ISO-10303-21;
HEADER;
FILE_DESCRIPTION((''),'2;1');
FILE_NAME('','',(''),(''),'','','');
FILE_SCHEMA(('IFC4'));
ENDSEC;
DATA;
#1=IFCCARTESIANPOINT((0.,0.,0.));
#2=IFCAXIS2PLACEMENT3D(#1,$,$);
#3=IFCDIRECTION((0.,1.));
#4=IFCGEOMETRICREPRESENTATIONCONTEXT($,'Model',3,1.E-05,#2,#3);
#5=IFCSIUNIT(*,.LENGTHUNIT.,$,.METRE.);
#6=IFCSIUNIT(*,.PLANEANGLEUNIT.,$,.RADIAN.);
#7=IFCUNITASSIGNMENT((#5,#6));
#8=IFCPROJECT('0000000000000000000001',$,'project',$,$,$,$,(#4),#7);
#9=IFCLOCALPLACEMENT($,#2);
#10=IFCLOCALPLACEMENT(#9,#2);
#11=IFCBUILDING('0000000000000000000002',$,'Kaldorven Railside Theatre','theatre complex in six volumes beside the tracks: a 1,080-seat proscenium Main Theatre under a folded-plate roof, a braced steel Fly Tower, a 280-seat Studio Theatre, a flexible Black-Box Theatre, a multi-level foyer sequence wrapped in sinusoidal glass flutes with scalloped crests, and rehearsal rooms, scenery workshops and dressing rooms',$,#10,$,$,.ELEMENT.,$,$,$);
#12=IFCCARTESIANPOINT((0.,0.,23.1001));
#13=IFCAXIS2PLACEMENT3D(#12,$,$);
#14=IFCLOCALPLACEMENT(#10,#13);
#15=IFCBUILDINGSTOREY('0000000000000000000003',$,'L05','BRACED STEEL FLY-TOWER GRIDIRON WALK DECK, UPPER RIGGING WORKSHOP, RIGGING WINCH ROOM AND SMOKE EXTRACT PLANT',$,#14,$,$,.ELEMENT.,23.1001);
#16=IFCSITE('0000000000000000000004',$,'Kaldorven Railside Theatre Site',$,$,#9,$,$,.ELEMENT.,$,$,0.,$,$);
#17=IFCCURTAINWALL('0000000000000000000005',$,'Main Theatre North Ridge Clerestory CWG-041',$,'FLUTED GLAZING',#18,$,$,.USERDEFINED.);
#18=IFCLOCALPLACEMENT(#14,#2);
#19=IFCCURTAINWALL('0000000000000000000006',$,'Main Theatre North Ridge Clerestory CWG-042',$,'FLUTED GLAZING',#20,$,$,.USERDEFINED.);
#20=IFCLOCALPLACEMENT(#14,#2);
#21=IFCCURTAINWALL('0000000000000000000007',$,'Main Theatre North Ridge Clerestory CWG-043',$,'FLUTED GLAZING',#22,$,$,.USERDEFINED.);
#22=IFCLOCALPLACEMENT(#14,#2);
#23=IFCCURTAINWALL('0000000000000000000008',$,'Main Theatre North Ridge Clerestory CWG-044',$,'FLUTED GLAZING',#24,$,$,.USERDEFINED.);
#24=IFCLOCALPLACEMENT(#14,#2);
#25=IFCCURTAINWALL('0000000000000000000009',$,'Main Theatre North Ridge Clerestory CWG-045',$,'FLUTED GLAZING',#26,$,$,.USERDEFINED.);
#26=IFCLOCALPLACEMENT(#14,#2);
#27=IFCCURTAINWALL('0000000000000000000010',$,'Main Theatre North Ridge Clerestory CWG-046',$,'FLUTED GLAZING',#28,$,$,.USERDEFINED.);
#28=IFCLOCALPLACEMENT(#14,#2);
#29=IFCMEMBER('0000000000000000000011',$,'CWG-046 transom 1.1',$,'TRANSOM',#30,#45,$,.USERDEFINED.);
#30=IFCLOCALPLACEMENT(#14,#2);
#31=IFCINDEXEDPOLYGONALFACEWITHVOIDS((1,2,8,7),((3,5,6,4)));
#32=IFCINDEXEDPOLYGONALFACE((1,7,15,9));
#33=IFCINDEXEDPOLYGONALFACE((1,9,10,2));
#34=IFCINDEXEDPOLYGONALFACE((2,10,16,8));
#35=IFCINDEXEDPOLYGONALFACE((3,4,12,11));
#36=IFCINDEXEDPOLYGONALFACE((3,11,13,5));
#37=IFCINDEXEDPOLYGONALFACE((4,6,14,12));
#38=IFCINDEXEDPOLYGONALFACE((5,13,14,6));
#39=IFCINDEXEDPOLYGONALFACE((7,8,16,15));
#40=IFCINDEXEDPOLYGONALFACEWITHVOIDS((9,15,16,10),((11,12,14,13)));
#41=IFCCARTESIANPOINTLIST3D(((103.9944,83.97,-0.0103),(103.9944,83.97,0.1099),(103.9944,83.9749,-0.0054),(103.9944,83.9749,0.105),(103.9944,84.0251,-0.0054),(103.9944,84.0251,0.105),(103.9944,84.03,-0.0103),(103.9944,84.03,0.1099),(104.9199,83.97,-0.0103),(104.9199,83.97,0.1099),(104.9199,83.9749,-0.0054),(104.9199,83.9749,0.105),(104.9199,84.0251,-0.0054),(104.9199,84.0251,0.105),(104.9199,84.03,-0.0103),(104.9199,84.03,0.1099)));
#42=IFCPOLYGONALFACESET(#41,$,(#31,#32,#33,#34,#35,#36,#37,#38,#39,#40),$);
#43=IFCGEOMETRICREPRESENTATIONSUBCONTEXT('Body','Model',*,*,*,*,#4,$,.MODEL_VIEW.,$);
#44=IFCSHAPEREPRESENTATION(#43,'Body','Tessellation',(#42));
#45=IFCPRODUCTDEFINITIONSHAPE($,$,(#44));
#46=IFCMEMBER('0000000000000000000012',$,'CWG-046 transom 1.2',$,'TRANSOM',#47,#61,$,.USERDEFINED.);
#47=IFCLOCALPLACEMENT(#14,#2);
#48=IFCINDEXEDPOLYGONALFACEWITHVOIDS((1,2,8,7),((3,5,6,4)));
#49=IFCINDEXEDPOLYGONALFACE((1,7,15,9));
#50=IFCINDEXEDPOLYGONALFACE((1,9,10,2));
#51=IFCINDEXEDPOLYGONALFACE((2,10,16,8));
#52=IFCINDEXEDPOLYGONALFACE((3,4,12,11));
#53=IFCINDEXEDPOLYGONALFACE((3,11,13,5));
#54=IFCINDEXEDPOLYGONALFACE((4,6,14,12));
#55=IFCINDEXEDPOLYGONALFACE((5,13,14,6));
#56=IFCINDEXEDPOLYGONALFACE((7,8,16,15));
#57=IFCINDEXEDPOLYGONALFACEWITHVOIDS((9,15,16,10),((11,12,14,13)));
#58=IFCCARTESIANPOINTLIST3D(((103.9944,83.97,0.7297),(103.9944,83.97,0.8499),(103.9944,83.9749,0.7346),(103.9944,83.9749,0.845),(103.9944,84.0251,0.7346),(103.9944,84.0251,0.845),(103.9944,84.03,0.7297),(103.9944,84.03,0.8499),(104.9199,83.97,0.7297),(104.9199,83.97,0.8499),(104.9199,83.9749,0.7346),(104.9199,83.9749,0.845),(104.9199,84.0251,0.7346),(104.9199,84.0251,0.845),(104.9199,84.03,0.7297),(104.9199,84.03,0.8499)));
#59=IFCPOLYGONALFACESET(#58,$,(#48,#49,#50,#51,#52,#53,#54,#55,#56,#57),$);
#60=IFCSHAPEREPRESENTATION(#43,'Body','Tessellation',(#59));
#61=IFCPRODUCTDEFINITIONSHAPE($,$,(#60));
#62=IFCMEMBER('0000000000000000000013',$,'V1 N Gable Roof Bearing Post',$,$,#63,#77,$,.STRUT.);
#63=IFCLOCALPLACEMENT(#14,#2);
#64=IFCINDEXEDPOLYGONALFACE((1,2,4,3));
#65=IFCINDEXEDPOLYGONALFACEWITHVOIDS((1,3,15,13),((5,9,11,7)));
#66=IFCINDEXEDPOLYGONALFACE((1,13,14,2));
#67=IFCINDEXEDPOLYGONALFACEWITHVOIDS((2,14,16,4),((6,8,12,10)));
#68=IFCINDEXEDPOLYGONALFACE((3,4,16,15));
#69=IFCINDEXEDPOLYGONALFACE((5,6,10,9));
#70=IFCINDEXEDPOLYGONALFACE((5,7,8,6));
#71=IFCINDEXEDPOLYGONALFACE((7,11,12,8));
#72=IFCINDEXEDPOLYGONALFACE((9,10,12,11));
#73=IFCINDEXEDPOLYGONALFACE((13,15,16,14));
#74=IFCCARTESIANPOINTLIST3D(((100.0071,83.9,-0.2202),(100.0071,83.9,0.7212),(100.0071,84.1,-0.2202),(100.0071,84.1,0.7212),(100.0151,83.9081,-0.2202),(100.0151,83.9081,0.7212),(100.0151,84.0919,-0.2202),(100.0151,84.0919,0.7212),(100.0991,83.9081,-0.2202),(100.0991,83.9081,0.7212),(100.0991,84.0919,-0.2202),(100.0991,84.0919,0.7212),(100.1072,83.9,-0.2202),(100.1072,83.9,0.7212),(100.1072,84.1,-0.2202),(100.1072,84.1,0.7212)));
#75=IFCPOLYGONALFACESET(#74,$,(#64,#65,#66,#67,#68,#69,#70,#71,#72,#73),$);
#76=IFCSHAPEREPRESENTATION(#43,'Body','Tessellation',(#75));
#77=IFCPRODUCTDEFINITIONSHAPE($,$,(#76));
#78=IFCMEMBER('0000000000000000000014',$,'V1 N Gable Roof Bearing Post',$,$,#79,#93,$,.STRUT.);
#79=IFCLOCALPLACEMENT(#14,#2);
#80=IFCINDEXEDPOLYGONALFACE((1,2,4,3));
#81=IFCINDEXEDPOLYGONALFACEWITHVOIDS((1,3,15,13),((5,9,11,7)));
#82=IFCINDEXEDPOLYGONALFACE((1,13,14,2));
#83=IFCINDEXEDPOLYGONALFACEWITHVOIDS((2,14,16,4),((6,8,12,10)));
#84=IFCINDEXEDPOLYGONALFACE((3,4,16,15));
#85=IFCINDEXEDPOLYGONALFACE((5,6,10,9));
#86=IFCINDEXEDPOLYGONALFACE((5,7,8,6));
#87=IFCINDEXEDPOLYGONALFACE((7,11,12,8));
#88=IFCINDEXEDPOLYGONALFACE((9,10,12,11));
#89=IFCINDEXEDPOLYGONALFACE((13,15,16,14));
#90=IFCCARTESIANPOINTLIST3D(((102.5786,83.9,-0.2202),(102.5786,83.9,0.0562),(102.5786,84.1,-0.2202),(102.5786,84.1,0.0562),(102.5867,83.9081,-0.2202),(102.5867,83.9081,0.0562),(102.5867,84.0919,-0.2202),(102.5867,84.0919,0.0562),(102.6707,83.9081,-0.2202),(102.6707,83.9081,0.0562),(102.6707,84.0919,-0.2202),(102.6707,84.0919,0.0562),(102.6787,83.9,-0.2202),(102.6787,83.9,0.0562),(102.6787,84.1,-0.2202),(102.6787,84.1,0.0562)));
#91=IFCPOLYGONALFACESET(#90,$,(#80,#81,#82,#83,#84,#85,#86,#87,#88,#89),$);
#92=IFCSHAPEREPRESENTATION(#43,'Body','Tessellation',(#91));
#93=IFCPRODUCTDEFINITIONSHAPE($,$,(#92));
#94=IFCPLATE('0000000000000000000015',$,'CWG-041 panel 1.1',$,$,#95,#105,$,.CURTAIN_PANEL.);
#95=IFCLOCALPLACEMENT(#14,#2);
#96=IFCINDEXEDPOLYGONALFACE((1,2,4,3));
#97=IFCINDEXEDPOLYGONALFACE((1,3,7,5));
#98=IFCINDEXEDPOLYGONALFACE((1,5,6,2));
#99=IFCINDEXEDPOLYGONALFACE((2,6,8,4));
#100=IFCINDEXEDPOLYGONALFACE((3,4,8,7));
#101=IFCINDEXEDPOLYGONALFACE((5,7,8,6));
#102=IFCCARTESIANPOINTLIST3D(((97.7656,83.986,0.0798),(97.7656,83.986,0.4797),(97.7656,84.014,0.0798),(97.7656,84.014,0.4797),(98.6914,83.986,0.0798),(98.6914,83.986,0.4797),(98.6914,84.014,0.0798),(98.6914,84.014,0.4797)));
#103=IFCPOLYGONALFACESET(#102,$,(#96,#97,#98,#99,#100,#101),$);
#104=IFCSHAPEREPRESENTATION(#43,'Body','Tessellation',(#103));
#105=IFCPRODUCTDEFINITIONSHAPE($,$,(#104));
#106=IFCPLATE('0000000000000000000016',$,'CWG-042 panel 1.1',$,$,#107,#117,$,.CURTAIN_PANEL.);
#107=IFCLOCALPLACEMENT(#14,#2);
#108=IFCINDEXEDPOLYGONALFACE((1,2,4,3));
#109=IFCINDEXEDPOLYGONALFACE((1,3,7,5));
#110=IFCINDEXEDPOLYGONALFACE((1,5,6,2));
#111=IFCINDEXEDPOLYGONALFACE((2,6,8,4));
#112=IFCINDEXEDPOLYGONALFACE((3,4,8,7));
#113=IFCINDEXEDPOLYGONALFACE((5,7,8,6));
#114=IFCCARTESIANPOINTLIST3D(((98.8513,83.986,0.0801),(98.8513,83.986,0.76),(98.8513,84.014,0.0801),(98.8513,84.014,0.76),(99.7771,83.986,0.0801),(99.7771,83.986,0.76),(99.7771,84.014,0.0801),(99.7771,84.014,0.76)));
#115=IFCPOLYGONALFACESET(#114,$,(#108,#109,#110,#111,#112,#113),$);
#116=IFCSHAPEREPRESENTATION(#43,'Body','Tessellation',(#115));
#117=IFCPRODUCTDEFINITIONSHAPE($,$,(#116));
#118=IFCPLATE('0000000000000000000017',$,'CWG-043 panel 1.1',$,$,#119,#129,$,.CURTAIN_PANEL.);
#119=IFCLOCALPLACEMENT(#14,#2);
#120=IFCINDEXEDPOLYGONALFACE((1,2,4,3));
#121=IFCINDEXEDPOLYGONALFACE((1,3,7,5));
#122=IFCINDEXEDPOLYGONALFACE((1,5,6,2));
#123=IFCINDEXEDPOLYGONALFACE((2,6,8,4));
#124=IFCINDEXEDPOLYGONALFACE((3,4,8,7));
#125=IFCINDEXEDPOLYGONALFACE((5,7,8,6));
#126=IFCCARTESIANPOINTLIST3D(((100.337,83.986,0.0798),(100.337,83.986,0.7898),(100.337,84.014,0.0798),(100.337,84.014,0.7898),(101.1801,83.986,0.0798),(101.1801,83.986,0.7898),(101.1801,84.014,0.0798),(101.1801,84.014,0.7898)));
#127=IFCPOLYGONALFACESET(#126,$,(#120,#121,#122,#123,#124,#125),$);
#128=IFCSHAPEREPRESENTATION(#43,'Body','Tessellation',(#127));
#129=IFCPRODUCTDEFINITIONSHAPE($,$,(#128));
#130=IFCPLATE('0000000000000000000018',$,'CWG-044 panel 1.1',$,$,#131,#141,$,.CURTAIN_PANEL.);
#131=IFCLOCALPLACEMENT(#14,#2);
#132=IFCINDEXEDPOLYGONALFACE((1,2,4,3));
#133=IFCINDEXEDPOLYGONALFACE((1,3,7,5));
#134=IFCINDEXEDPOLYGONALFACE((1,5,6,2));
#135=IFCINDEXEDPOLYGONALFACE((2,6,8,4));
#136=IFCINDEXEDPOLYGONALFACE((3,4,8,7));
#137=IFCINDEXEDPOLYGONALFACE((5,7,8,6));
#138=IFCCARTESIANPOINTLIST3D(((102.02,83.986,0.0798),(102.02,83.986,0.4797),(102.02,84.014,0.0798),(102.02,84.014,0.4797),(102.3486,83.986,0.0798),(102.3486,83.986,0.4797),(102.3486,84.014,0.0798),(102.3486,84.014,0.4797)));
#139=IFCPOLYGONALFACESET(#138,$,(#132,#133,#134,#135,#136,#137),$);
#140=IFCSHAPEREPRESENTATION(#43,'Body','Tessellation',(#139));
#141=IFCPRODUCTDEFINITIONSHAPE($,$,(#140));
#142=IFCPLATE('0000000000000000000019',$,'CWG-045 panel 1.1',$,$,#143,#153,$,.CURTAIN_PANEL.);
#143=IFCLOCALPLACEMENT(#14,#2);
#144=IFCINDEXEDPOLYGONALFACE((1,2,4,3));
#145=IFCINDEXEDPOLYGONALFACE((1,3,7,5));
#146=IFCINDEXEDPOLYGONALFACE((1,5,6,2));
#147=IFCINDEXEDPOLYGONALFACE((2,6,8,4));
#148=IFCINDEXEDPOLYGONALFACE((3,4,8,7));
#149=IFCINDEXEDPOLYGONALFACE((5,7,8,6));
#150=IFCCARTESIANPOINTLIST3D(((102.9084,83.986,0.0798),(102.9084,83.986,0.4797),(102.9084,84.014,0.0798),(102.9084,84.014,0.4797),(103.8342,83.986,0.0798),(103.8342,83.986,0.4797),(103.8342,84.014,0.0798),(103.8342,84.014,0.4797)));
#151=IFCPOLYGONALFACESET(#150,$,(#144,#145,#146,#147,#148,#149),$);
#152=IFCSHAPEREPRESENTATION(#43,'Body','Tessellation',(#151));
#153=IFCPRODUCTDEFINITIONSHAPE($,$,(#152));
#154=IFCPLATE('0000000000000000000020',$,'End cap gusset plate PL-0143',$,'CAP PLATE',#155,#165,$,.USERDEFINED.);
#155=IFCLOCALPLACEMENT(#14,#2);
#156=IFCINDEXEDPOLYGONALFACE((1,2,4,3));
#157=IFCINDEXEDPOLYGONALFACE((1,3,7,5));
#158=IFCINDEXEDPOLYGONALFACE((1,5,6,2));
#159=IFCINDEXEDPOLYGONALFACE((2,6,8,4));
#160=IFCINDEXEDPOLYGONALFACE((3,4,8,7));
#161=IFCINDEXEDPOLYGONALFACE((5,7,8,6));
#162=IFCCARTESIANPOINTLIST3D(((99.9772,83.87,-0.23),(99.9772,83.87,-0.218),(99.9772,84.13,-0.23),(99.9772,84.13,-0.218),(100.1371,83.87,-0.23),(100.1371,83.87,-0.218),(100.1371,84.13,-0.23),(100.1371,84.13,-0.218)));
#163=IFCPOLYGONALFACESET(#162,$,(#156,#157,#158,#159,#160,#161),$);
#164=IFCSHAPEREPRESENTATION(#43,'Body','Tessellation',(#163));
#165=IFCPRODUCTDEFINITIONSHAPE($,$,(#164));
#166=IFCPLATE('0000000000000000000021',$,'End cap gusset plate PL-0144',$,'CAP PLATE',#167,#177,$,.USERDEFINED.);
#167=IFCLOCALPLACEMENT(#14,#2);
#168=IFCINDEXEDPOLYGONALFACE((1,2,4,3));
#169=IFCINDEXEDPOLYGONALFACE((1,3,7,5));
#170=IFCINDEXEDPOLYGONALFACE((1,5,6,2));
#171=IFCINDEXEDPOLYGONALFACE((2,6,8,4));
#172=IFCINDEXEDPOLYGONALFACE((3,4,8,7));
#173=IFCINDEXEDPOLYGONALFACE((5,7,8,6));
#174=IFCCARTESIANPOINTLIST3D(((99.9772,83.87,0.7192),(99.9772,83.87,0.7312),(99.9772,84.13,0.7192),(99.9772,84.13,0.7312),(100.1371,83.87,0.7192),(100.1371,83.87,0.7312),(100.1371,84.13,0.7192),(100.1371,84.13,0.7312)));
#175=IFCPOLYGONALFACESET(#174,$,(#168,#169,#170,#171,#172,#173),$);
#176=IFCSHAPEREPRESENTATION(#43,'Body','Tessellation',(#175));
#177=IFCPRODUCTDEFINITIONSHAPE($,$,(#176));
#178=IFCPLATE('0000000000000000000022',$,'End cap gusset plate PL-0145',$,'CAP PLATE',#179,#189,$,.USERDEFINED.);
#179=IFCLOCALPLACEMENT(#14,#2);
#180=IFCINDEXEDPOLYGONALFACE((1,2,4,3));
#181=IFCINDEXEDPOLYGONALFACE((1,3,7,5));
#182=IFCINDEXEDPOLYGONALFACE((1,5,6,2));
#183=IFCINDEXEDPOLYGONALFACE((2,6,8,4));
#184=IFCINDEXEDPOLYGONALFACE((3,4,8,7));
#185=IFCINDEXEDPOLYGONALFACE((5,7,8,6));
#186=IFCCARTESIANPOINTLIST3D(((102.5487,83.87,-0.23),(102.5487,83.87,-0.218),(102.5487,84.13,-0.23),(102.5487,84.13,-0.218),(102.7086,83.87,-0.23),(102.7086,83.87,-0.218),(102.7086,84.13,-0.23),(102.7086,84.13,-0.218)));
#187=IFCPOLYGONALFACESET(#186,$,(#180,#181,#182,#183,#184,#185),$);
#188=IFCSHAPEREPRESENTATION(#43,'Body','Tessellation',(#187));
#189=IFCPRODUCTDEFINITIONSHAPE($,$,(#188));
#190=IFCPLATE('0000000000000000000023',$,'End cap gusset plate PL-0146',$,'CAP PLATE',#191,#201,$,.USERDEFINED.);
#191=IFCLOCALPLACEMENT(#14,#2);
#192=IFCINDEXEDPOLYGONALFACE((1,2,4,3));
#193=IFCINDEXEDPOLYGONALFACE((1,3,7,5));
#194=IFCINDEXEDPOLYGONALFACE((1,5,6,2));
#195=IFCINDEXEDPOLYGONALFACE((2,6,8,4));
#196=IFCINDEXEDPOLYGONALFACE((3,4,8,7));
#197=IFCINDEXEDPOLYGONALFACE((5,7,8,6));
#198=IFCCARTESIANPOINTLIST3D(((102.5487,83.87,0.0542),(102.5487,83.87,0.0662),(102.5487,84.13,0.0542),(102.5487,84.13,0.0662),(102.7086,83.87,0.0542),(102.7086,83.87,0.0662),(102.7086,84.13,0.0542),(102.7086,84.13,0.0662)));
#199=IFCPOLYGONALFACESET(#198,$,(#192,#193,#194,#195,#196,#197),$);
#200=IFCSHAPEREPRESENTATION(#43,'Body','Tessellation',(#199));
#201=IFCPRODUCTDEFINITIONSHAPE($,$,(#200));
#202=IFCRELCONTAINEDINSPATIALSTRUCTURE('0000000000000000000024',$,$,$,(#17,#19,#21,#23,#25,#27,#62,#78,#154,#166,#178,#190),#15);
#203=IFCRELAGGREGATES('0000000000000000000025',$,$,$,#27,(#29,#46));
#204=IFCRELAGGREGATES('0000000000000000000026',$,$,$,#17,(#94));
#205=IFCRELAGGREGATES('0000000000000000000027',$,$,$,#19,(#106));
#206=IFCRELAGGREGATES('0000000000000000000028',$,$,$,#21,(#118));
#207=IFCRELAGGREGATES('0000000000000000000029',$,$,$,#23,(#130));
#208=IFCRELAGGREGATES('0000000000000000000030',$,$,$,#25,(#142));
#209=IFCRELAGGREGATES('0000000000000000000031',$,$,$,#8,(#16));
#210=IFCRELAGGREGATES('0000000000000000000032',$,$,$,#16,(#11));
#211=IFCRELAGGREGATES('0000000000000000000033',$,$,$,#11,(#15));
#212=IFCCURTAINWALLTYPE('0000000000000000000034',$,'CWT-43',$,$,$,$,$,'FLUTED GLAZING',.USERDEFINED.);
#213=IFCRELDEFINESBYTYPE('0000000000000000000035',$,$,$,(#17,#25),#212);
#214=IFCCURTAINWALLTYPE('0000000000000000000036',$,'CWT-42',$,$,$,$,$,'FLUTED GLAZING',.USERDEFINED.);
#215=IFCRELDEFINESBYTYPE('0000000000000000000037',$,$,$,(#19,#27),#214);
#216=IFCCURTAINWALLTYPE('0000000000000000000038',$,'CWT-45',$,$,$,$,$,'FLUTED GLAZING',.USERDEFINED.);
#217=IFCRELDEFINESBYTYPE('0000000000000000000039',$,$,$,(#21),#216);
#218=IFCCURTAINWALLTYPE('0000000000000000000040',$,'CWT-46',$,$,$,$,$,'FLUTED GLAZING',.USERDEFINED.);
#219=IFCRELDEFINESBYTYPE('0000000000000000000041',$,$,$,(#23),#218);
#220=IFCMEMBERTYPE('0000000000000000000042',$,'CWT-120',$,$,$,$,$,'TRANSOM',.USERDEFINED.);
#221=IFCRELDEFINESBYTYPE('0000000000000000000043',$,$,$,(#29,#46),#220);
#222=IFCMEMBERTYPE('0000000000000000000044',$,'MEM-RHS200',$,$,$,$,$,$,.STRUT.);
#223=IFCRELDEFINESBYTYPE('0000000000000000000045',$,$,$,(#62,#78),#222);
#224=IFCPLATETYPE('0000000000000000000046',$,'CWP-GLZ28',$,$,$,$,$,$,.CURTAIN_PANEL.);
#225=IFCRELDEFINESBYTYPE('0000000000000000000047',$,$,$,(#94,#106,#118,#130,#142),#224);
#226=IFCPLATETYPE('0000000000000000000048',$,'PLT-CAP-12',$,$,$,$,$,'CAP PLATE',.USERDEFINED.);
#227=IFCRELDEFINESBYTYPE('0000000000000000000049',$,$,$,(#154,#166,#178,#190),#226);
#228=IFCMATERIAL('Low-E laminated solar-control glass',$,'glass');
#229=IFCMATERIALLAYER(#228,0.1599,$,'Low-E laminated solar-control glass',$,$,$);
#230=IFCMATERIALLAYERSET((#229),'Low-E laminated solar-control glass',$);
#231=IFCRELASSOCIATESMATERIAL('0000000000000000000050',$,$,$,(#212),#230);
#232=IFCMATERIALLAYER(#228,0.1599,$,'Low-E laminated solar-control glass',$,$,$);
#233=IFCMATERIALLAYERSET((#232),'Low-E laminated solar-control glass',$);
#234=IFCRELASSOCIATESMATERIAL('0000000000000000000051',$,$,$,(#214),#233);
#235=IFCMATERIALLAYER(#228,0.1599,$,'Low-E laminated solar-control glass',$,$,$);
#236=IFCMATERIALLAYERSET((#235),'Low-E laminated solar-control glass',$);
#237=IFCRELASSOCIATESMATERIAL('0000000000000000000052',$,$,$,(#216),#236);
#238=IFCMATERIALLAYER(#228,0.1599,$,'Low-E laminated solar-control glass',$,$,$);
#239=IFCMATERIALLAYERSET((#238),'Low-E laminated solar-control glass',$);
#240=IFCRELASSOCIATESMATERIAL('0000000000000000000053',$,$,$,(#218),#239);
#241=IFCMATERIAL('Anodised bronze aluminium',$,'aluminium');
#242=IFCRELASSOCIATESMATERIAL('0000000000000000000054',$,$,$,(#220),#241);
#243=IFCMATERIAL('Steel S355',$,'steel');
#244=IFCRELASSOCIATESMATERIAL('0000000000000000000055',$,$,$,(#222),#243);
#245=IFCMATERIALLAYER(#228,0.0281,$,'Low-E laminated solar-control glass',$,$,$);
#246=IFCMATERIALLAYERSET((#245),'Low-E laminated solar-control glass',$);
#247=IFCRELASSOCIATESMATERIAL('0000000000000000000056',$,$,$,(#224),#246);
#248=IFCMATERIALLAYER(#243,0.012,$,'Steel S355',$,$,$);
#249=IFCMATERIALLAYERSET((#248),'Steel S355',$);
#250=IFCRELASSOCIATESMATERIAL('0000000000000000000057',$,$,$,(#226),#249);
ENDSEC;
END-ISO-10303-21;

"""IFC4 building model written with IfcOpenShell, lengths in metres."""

from ifc_helpers import new_model, si_unit, direction, frame, origin, origin_2d, place, context, subcontext, project, spatial, rectangle, hollow_rectangle, extrude, material, layer, layer_set, material_profile, profile_set, type_object, element, aggregate, save


model = new_model("IFC4")

# Units and contexts
model_context = context("Model", 3, precision=1e-05, world=origin(), true_north=direction((0.0, 1.0)))
body_context = subcontext(model_context, "Body", "Model", "MODEL_VIEW")
ifc_project = project(units=[si_unit("LENGTHUNIT", "METRE"), si_unit("PLANEANGLEUNIT", "RADIAN")], contexts=[model_context])

# Site, building, storey
site_placement = place(None, origin())
site = spatial("IfcSite", under=ifc_project, at=site_placement, Name="Kaldorven Railside Theatre Site", CompositionType="ELEMENT", RefElevation=0.0)
building_placement = place(site_placement, origin())
building = spatial("IfcBuilding", under=site, at=building_placement, Name="Kaldorven Railside Theatre", Description="theatre complex in six volumes beside the tracks: a 1,080-seat proscenium Main Theatre under a folded-plate roof, a braced steel Fly Tower, a 280-seat Studio Theatre, a flexible Black-Box Theatre, a multi-level foyer sequence wrapped in sinusoidal glass flutes with scalloped crests, and rehearsal rooms, scenery workshops and dressing rooms", CompositionType="ELEMENT")
storey_placement = place(building_placement, frame((0.0, 0.0, 23.1001)))
storey = spatial("IfcBuildingStorey", under=building, at=storey_placement, Name="L05", Description="BRACED STEEL FLY-TOWER GRIDIRON WALK DECK, UPPER RIGGING WORKSHOP, RIGGING WINCH ROOM AND SMOKE EXTRACT PLANT", CompositionType="ELEMENT", Elevation=23.1001)

# Shared definitions
ifc_material_1 = material(Name="Steel S355", Category="steel")

# Curtain wall
ifc_material_2 = material(Name="Low-E laminated solar-control glass", Category="glass")
ifc_layer_1 = layer(ifc_material_2, 0.1599, Name="Low-E laminated solar-control glass")
ifc_layer_set_1 = layer_set([ifc_layer_1], Name="Low-E laminated solar-control glass")
curtain_wall_type_1 = type_object("IfcCurtainWallType", Name="CWT-43", ElementType="FLUTED GLAZING", PredefinedType="USERDEFINED", material=ifc_layer_set_1)
curtain_wall_1_placement = place(storey_placement, origin())
curtain_wall_1 = element("IfcCurtainWall", 1, at=curtain_wall_1_placement, inside=storey, type_object=curtain_wall_type_1, Name="Main Theatre North Ridge Clerestory CWG-041", ObjectType="FLUTED GLAZING", PredefinedType="USERDEFINED")
ifc_material_3 = material(Name="Anodised bronze aluminium", Category="aluminium")

# Curtain walls
ifc_layer_2 = layer(ifc_material_2, 0.1599, Name="Low-E laminated solar-control glass")
ifc_layer_set_2 = layer_set([ifc_layer_2], Name="Low-E laminated solar-control glass")
curtain_wall_type_2 = type_object("IfcCurtainWallType", Name="CWT-42", ElementType="FLUTED GLAZING", PredefinedType="USERDEFINED", material=ifc_layer_set_2)
curtain_wall_2_placement = place(storey_placement, origin())
curtain_wall_2 = element("IfcCurtainWall", 2, at=curtain_wall_2_placement, inside=storey, type_object=curtain_wall_type_2, Name="Main Theatre North Ridge Clerestory CWG-042", ObjectType="FLUTED GLAZING", PredefinedType="USERDEFINED")
ifc_layer_3 = layer(ifc_material_2, 0.1599, Name="Low-E laminated solar-control glass")
ifc_layer_set_3 = layer_set([ifc_layer_3], Name="Low-E laminated solar-control glass")
curtain_wall_type_3 = type_object("IfcCurtainWallType", Name="CWT-45", ElementType="FLUTED GLAZING", PredefinedType="USERDEFINED", material=ifc_layer_set_3)
curtain_wall_3_placement = place(storey_placement, origin())
curtain_wall_3 = element("IfcCurtainWall", 3, at=curtain_wall_3_placement, inside=storey, type_object=curtain_wall_type_3, Name="Main Theatre North Ridge Clerestory CWG-043", ObjectType="FLUTED GLAZING", PredefinedType="USERDEFINED")
ifc_layer_4 = layer(ifc_material_2, 0.1599, Name="Low-E laminated solar-control glass")
ifc_layer_set_4 = layer_set([ifc_layer_4], Name="Low-E laminated solar-control glass")
curtain_wall_type_4 = type_object("IfcCurtainWallType", Name="CWT-46", ElementType="FLUTED GLAZING", PredefinedType="USERDEFINED", material=ifc_layer_set_4)
curtain_wall_4_placement = place(storey_placement, origin())
curtain_wall_4 = element("IfcCurtainWall", 4, at=curtain_wall_4_placement, inside=storey, type_object=curtain_wall_type_4, Name="Main Theatre North Ridge Clerestory CWG-044", ObjectType="FLUTED GLAZING", PredefinedType="USERDEFINED")
curtain_wall_5_placement = place(storey_placement, origin())
curtain_wall_5 = element("IfcCurtainWall", 5, at=curtain_wall_5_placement, inside=storey, type_object=curtain_wall_type_1, Name="Main Theatre North Ridge Clerestory CWG-045", ObjectType="FLUTED GLAZING", PredefinedType="USERDEFINED")

# Curtain wall
curtain_wall_6_placement = place(storey_placement, origin())
curtain_wall_6 = element("IfcCurtainWall", 6, at=curtain_wall_6_placement, inside=storey, type_object=curtain_wall_type_2, Name="Main Theatre North Ridge Clerestory CWG-046", ObjectType="FLUTED GLAZING", PredefinedType="USERDEFINED")

# Members
ifc_material_profile_1 = material_profile(ifc_material_3, hollow_rectangle(XDim=0.0601, YDim=0.1201, WallThickness=0.0049, at=origin_2d()), Name="RHS 120x60x5")
ifc_profile_set_1 = profile_set([ifc_material_profile_1], Name="Anodised bronze aluminium")
member_type_1 = type_object("IfcMemberType", Name="CWT-120", ElementType="TRANSOM", PredefinedType="USERDEFINED", material=ifc_profile_set_1)
member_1_placement = place(storey_placement, frame((103.9944, 84.0, 0.0498), z_axis=(1.0, 0.0, 0.0), x_axis=(0.0, 1.0, 0.0)))
member_1 = element("IfcMember", 7, at=member_1_placement, type_object=member_type_1, Name="CWG-046 transom 1.1", ObjectType="TRANSOM", PredefinedType="USERDEFINED", context=body_context, shape_type="SweptSolid", body=[
    extrude(hollow_rectangle(XDim=0.0601, YDim=0.1201, WallThickness=0.0049, at=origin_2d()), origin(), (0.0, 0.0, 1.0), 0.9255),
])
member_2_placement = place(storey_placement, frame((103.9944, 84.0, 0.7898), z_axis=(1.0, 0.0, 0.0), x_axis=(0.0, 1.0, 0.0)))
member_2 = element("IfcMember", 8, at=member_2_placement, type_object=member_type_1, Name="CWG-046 transom 1.2", ObjectType="TRANSOM", PredefinedType="USERDEFINED", context=body_context, shape_type="SweptSolid", body=[
    extrude(hollow_rectangle(XDim=0.0601, YDim=0.1201, WallThickness=0.0049, at=origin_2d()), origin(), (0.0, 0.0, 1.0), 0.9255),
])
aggregate(curtain_wall_6, [member_1, member_2])

# Members
ifc_material_profile_2 = material_profile(ifc_material_1, hollow_rectangle(XDim=0.1001, YDim=0.2, WallThickness=0.0081, at=origin_2d()), Name="RHS 200x100x8")
ifc_profile_set_2 = profile_set([ifc_material_profile_2], Name="Steel S355")
member_type_2 = type_object("IfcMemberType", Name="MEM-RHS200", PredefinedType="STRUT", material=ifc_profile_set_2)
member_3_placement = place(storey_placement, frame((100.0571, 84.0, -0.2202), z_axis=(0.0, 0.0, 1.0), x_axis=(1.0, 0.0, 0.0)))
element("IfcMember", 9, at=member_3_placement, inside=storey, type_object=member_type_2, Name="V1 N Gable Roof Bearing Post", PredefinedType="STRUT", context=body_context, shape_type="SweptSolid", body=[
    extrude(hollow_rectangle(XDim=0.1001, YDim=0.2, WallThickness=0.0081, at=origin_2d()), origin(), (0.0, 0.0, 1.0), 0.9414),
])
member_4_placement = place(storey_placement, frame((102.6287, 84.0, -0.2202), z_axis=(0.0, 0.0, 1.0), x_axis=(1.0, 0.0, 0.0)))
element("IfcMember", 10, at=member_4_placement, inside=storey, type_object=member_type_2, Name="V1 N Gable Roof Bearing Post", PredefinedType="STRUT", context=body_context, shape_type="SweptSolid", body=[
    extrude(hollow_rectangle(XDim=0.1001, YDim=0.2, WallThickness=0.0081, at=origin_2d()), origin(), (0.0, 0.0, 1.0), 0.2764),
])

# Plates
ifc_layer_5 = layer(ifc_material_2, 0.0281, Name="Low-E laminated solar-control glass")
ifc_layer_set_5 = layer_set([ifc_layer_5], Name="Low-E laminated solar-control glass")
plate_type_1 = type_object("IfcPlateType", Name="CWP-GLZ28", PredefinedType="CURTAIN_PANEL", material=ifc_layer_set_5)
plate_1_placement = place(storey_placement, frame((98.2285, 84.0, 0.0798), z_axis=(0.0, 0.0, 1.0), x_axis=(1.0, 0.0, 0.0)))
plate_1 = element("IfcPlate", 11, at=plate_1_placement, type_object=plate_type_1, Name="CWG-041 panel 1.1", PredefinedType="CURTAIN_PANEL", context=body_context, shape_type="SweptSolid", body=[
    extrude(rectangle(XDim=0.9258, YDim=0.0281, at=origin_2d()), origin(), (0.0, 0.0, 1.0), 0.3999),
])
aggregate(curtain_wall_1, [plate_1])
plate_2_placement = place(storey_placement, frame((99.3142, 84.0, 0.0801), z_axis=(0.0, 0.0, 1.0), x_axis=(1.0, 0.0, 0.0)))
plate_2 = element("IfcPlate", 12, at=plate_2_placement, type_object=plate_type_1, Name="CWG-042 panel 1.1", PredefinedType="CURTAIN_PANEL", context=body_context, shape_type="SweptSolid", body=[
    extrude(rectangle(XDim=0.9258, YDim=0.0281, at=origin_2d()), origin(), (0.0, 0.0, 1.0), 0.6799),
])
aggregate(curtain_wall_2, [plate_2])
plate_3_placement = place(storey_placement, frame((100.7585, 84.0, 0.0798), z_axis=(0.0, 0.0, 1.0), x_axis=(1.0, 0.0, 0.0)))
plate_3 = element("IfcPlate", 13, at=plate_3_placement, type_object=plate_type_1, Name="CWG-043 panel 1.1", PredefinedType="CURTAIN_PANEL", context=body_context, shape_type="SweptSolid", body=[
    extrude(rectangle(XDim=0.843, YDim=0.0281, at=origin_2d()), origin(), (0.0, 0.0, 1.0), 0.71),
])
aggregate(curtain_wall_3, [plate_3])
plate_4_placement = place(storey_placement, frame((102.1843, 84.0, 0.0798), z_axis=(0.0, 0.0, 1.0), x_axis=(1.0, 0.0, 0.0)))
plate_4 = element("IfcPlate", 14, at=plate_4_placement, type_object=plate_type_1, Name="CWG-044 panel 1.1", PredefinedType="CURTAIN_PANEL", context=body_context, shape_type="SweptSolid", body=[
    extrude(rectangle(XDim=0.3286, YDim=0.0281, at=origin_2d()), origin(), (0.0, 0.0, 1.0), 0.3999),
])
aggregate(curtain_wall_4, [plate_4])
plate_5_placement = place(storey_placement, frame((103.3713, 84.0, 0.0798), z_axis=(0.0, 0.0, 1.0), x_axis=(1.0, 0.0, 0.0)))
plate_5 = element("IfcPlate", 15, at=plate_5_placement, type_object=plate_type_1, Name="CWG-045 panel 1.1", PredefinedType="CURTAIN_PANEL", context=body_context, shape_type="SweptSolid", body=[
    extrude(rectangle(XDim=0.9258, YDim=0.0281, at=origin_2d()), origin(), (0.0, 0.0, 1.0), 0.3999),
])
aggregate(curtain_wall_5, [plate_5])

# Plates
ifc_layer_6 = layer(ifc_material_1, 0.012, Name="Steel S355")
ifc_layer_set_6 = layer_set([ifc_layer_6], Name="Steel S355")
plate_type_2 = type_object("IfcPlateType", Name="PLT-CAP-12", ElementType="CAP PLATE", PredefinedType="USERDEFINED", material=ifc_layer_set_6)
for number, where, z_axis, x_axis, name in (
    (16, (100.0571, 84.0, -0.23), (0.0, 0.0, 1.0), (1.0, 0.0, 0.0), "End cap gusset plate PL-0143"),
    (17, (100.0571, 84.0, 0.7192), (0.0, 0.0, 1.0), (1.0, 0.0, 0.0), "End cap gusset plate PL-0144"),
    (18, (102.6287, 84.0, -0.23), (0.0, 0.0, 1.0), (1.0, 0.0, 0.0), "End cap gusset plate PL-0145"),
    (19, (102.6287, 84.0, 0.0542), (0.0, 0.0, 1.0), (1.0, 0.0, 0.0), "End cap gusset plate PL-0146"),
):
    element("IfcPlate", number, at=place(storey_placement, frame(where, z_axis=z_axis, x_axis=x_axis)), inside=storey, type_object=plate_type_2, Name=name, ObjectType="CAP PLATE", PredefinedType="USERDEFINED", context=body_context, shape_type="SweptSolid", body=[
        extrude(rectangle(XDim=0.1599, YDim=0.26, at=origin_2d()), origin(), (0.0, 0.0, 1.0), 0.012),
    ])

save(model, "model.ifc")
